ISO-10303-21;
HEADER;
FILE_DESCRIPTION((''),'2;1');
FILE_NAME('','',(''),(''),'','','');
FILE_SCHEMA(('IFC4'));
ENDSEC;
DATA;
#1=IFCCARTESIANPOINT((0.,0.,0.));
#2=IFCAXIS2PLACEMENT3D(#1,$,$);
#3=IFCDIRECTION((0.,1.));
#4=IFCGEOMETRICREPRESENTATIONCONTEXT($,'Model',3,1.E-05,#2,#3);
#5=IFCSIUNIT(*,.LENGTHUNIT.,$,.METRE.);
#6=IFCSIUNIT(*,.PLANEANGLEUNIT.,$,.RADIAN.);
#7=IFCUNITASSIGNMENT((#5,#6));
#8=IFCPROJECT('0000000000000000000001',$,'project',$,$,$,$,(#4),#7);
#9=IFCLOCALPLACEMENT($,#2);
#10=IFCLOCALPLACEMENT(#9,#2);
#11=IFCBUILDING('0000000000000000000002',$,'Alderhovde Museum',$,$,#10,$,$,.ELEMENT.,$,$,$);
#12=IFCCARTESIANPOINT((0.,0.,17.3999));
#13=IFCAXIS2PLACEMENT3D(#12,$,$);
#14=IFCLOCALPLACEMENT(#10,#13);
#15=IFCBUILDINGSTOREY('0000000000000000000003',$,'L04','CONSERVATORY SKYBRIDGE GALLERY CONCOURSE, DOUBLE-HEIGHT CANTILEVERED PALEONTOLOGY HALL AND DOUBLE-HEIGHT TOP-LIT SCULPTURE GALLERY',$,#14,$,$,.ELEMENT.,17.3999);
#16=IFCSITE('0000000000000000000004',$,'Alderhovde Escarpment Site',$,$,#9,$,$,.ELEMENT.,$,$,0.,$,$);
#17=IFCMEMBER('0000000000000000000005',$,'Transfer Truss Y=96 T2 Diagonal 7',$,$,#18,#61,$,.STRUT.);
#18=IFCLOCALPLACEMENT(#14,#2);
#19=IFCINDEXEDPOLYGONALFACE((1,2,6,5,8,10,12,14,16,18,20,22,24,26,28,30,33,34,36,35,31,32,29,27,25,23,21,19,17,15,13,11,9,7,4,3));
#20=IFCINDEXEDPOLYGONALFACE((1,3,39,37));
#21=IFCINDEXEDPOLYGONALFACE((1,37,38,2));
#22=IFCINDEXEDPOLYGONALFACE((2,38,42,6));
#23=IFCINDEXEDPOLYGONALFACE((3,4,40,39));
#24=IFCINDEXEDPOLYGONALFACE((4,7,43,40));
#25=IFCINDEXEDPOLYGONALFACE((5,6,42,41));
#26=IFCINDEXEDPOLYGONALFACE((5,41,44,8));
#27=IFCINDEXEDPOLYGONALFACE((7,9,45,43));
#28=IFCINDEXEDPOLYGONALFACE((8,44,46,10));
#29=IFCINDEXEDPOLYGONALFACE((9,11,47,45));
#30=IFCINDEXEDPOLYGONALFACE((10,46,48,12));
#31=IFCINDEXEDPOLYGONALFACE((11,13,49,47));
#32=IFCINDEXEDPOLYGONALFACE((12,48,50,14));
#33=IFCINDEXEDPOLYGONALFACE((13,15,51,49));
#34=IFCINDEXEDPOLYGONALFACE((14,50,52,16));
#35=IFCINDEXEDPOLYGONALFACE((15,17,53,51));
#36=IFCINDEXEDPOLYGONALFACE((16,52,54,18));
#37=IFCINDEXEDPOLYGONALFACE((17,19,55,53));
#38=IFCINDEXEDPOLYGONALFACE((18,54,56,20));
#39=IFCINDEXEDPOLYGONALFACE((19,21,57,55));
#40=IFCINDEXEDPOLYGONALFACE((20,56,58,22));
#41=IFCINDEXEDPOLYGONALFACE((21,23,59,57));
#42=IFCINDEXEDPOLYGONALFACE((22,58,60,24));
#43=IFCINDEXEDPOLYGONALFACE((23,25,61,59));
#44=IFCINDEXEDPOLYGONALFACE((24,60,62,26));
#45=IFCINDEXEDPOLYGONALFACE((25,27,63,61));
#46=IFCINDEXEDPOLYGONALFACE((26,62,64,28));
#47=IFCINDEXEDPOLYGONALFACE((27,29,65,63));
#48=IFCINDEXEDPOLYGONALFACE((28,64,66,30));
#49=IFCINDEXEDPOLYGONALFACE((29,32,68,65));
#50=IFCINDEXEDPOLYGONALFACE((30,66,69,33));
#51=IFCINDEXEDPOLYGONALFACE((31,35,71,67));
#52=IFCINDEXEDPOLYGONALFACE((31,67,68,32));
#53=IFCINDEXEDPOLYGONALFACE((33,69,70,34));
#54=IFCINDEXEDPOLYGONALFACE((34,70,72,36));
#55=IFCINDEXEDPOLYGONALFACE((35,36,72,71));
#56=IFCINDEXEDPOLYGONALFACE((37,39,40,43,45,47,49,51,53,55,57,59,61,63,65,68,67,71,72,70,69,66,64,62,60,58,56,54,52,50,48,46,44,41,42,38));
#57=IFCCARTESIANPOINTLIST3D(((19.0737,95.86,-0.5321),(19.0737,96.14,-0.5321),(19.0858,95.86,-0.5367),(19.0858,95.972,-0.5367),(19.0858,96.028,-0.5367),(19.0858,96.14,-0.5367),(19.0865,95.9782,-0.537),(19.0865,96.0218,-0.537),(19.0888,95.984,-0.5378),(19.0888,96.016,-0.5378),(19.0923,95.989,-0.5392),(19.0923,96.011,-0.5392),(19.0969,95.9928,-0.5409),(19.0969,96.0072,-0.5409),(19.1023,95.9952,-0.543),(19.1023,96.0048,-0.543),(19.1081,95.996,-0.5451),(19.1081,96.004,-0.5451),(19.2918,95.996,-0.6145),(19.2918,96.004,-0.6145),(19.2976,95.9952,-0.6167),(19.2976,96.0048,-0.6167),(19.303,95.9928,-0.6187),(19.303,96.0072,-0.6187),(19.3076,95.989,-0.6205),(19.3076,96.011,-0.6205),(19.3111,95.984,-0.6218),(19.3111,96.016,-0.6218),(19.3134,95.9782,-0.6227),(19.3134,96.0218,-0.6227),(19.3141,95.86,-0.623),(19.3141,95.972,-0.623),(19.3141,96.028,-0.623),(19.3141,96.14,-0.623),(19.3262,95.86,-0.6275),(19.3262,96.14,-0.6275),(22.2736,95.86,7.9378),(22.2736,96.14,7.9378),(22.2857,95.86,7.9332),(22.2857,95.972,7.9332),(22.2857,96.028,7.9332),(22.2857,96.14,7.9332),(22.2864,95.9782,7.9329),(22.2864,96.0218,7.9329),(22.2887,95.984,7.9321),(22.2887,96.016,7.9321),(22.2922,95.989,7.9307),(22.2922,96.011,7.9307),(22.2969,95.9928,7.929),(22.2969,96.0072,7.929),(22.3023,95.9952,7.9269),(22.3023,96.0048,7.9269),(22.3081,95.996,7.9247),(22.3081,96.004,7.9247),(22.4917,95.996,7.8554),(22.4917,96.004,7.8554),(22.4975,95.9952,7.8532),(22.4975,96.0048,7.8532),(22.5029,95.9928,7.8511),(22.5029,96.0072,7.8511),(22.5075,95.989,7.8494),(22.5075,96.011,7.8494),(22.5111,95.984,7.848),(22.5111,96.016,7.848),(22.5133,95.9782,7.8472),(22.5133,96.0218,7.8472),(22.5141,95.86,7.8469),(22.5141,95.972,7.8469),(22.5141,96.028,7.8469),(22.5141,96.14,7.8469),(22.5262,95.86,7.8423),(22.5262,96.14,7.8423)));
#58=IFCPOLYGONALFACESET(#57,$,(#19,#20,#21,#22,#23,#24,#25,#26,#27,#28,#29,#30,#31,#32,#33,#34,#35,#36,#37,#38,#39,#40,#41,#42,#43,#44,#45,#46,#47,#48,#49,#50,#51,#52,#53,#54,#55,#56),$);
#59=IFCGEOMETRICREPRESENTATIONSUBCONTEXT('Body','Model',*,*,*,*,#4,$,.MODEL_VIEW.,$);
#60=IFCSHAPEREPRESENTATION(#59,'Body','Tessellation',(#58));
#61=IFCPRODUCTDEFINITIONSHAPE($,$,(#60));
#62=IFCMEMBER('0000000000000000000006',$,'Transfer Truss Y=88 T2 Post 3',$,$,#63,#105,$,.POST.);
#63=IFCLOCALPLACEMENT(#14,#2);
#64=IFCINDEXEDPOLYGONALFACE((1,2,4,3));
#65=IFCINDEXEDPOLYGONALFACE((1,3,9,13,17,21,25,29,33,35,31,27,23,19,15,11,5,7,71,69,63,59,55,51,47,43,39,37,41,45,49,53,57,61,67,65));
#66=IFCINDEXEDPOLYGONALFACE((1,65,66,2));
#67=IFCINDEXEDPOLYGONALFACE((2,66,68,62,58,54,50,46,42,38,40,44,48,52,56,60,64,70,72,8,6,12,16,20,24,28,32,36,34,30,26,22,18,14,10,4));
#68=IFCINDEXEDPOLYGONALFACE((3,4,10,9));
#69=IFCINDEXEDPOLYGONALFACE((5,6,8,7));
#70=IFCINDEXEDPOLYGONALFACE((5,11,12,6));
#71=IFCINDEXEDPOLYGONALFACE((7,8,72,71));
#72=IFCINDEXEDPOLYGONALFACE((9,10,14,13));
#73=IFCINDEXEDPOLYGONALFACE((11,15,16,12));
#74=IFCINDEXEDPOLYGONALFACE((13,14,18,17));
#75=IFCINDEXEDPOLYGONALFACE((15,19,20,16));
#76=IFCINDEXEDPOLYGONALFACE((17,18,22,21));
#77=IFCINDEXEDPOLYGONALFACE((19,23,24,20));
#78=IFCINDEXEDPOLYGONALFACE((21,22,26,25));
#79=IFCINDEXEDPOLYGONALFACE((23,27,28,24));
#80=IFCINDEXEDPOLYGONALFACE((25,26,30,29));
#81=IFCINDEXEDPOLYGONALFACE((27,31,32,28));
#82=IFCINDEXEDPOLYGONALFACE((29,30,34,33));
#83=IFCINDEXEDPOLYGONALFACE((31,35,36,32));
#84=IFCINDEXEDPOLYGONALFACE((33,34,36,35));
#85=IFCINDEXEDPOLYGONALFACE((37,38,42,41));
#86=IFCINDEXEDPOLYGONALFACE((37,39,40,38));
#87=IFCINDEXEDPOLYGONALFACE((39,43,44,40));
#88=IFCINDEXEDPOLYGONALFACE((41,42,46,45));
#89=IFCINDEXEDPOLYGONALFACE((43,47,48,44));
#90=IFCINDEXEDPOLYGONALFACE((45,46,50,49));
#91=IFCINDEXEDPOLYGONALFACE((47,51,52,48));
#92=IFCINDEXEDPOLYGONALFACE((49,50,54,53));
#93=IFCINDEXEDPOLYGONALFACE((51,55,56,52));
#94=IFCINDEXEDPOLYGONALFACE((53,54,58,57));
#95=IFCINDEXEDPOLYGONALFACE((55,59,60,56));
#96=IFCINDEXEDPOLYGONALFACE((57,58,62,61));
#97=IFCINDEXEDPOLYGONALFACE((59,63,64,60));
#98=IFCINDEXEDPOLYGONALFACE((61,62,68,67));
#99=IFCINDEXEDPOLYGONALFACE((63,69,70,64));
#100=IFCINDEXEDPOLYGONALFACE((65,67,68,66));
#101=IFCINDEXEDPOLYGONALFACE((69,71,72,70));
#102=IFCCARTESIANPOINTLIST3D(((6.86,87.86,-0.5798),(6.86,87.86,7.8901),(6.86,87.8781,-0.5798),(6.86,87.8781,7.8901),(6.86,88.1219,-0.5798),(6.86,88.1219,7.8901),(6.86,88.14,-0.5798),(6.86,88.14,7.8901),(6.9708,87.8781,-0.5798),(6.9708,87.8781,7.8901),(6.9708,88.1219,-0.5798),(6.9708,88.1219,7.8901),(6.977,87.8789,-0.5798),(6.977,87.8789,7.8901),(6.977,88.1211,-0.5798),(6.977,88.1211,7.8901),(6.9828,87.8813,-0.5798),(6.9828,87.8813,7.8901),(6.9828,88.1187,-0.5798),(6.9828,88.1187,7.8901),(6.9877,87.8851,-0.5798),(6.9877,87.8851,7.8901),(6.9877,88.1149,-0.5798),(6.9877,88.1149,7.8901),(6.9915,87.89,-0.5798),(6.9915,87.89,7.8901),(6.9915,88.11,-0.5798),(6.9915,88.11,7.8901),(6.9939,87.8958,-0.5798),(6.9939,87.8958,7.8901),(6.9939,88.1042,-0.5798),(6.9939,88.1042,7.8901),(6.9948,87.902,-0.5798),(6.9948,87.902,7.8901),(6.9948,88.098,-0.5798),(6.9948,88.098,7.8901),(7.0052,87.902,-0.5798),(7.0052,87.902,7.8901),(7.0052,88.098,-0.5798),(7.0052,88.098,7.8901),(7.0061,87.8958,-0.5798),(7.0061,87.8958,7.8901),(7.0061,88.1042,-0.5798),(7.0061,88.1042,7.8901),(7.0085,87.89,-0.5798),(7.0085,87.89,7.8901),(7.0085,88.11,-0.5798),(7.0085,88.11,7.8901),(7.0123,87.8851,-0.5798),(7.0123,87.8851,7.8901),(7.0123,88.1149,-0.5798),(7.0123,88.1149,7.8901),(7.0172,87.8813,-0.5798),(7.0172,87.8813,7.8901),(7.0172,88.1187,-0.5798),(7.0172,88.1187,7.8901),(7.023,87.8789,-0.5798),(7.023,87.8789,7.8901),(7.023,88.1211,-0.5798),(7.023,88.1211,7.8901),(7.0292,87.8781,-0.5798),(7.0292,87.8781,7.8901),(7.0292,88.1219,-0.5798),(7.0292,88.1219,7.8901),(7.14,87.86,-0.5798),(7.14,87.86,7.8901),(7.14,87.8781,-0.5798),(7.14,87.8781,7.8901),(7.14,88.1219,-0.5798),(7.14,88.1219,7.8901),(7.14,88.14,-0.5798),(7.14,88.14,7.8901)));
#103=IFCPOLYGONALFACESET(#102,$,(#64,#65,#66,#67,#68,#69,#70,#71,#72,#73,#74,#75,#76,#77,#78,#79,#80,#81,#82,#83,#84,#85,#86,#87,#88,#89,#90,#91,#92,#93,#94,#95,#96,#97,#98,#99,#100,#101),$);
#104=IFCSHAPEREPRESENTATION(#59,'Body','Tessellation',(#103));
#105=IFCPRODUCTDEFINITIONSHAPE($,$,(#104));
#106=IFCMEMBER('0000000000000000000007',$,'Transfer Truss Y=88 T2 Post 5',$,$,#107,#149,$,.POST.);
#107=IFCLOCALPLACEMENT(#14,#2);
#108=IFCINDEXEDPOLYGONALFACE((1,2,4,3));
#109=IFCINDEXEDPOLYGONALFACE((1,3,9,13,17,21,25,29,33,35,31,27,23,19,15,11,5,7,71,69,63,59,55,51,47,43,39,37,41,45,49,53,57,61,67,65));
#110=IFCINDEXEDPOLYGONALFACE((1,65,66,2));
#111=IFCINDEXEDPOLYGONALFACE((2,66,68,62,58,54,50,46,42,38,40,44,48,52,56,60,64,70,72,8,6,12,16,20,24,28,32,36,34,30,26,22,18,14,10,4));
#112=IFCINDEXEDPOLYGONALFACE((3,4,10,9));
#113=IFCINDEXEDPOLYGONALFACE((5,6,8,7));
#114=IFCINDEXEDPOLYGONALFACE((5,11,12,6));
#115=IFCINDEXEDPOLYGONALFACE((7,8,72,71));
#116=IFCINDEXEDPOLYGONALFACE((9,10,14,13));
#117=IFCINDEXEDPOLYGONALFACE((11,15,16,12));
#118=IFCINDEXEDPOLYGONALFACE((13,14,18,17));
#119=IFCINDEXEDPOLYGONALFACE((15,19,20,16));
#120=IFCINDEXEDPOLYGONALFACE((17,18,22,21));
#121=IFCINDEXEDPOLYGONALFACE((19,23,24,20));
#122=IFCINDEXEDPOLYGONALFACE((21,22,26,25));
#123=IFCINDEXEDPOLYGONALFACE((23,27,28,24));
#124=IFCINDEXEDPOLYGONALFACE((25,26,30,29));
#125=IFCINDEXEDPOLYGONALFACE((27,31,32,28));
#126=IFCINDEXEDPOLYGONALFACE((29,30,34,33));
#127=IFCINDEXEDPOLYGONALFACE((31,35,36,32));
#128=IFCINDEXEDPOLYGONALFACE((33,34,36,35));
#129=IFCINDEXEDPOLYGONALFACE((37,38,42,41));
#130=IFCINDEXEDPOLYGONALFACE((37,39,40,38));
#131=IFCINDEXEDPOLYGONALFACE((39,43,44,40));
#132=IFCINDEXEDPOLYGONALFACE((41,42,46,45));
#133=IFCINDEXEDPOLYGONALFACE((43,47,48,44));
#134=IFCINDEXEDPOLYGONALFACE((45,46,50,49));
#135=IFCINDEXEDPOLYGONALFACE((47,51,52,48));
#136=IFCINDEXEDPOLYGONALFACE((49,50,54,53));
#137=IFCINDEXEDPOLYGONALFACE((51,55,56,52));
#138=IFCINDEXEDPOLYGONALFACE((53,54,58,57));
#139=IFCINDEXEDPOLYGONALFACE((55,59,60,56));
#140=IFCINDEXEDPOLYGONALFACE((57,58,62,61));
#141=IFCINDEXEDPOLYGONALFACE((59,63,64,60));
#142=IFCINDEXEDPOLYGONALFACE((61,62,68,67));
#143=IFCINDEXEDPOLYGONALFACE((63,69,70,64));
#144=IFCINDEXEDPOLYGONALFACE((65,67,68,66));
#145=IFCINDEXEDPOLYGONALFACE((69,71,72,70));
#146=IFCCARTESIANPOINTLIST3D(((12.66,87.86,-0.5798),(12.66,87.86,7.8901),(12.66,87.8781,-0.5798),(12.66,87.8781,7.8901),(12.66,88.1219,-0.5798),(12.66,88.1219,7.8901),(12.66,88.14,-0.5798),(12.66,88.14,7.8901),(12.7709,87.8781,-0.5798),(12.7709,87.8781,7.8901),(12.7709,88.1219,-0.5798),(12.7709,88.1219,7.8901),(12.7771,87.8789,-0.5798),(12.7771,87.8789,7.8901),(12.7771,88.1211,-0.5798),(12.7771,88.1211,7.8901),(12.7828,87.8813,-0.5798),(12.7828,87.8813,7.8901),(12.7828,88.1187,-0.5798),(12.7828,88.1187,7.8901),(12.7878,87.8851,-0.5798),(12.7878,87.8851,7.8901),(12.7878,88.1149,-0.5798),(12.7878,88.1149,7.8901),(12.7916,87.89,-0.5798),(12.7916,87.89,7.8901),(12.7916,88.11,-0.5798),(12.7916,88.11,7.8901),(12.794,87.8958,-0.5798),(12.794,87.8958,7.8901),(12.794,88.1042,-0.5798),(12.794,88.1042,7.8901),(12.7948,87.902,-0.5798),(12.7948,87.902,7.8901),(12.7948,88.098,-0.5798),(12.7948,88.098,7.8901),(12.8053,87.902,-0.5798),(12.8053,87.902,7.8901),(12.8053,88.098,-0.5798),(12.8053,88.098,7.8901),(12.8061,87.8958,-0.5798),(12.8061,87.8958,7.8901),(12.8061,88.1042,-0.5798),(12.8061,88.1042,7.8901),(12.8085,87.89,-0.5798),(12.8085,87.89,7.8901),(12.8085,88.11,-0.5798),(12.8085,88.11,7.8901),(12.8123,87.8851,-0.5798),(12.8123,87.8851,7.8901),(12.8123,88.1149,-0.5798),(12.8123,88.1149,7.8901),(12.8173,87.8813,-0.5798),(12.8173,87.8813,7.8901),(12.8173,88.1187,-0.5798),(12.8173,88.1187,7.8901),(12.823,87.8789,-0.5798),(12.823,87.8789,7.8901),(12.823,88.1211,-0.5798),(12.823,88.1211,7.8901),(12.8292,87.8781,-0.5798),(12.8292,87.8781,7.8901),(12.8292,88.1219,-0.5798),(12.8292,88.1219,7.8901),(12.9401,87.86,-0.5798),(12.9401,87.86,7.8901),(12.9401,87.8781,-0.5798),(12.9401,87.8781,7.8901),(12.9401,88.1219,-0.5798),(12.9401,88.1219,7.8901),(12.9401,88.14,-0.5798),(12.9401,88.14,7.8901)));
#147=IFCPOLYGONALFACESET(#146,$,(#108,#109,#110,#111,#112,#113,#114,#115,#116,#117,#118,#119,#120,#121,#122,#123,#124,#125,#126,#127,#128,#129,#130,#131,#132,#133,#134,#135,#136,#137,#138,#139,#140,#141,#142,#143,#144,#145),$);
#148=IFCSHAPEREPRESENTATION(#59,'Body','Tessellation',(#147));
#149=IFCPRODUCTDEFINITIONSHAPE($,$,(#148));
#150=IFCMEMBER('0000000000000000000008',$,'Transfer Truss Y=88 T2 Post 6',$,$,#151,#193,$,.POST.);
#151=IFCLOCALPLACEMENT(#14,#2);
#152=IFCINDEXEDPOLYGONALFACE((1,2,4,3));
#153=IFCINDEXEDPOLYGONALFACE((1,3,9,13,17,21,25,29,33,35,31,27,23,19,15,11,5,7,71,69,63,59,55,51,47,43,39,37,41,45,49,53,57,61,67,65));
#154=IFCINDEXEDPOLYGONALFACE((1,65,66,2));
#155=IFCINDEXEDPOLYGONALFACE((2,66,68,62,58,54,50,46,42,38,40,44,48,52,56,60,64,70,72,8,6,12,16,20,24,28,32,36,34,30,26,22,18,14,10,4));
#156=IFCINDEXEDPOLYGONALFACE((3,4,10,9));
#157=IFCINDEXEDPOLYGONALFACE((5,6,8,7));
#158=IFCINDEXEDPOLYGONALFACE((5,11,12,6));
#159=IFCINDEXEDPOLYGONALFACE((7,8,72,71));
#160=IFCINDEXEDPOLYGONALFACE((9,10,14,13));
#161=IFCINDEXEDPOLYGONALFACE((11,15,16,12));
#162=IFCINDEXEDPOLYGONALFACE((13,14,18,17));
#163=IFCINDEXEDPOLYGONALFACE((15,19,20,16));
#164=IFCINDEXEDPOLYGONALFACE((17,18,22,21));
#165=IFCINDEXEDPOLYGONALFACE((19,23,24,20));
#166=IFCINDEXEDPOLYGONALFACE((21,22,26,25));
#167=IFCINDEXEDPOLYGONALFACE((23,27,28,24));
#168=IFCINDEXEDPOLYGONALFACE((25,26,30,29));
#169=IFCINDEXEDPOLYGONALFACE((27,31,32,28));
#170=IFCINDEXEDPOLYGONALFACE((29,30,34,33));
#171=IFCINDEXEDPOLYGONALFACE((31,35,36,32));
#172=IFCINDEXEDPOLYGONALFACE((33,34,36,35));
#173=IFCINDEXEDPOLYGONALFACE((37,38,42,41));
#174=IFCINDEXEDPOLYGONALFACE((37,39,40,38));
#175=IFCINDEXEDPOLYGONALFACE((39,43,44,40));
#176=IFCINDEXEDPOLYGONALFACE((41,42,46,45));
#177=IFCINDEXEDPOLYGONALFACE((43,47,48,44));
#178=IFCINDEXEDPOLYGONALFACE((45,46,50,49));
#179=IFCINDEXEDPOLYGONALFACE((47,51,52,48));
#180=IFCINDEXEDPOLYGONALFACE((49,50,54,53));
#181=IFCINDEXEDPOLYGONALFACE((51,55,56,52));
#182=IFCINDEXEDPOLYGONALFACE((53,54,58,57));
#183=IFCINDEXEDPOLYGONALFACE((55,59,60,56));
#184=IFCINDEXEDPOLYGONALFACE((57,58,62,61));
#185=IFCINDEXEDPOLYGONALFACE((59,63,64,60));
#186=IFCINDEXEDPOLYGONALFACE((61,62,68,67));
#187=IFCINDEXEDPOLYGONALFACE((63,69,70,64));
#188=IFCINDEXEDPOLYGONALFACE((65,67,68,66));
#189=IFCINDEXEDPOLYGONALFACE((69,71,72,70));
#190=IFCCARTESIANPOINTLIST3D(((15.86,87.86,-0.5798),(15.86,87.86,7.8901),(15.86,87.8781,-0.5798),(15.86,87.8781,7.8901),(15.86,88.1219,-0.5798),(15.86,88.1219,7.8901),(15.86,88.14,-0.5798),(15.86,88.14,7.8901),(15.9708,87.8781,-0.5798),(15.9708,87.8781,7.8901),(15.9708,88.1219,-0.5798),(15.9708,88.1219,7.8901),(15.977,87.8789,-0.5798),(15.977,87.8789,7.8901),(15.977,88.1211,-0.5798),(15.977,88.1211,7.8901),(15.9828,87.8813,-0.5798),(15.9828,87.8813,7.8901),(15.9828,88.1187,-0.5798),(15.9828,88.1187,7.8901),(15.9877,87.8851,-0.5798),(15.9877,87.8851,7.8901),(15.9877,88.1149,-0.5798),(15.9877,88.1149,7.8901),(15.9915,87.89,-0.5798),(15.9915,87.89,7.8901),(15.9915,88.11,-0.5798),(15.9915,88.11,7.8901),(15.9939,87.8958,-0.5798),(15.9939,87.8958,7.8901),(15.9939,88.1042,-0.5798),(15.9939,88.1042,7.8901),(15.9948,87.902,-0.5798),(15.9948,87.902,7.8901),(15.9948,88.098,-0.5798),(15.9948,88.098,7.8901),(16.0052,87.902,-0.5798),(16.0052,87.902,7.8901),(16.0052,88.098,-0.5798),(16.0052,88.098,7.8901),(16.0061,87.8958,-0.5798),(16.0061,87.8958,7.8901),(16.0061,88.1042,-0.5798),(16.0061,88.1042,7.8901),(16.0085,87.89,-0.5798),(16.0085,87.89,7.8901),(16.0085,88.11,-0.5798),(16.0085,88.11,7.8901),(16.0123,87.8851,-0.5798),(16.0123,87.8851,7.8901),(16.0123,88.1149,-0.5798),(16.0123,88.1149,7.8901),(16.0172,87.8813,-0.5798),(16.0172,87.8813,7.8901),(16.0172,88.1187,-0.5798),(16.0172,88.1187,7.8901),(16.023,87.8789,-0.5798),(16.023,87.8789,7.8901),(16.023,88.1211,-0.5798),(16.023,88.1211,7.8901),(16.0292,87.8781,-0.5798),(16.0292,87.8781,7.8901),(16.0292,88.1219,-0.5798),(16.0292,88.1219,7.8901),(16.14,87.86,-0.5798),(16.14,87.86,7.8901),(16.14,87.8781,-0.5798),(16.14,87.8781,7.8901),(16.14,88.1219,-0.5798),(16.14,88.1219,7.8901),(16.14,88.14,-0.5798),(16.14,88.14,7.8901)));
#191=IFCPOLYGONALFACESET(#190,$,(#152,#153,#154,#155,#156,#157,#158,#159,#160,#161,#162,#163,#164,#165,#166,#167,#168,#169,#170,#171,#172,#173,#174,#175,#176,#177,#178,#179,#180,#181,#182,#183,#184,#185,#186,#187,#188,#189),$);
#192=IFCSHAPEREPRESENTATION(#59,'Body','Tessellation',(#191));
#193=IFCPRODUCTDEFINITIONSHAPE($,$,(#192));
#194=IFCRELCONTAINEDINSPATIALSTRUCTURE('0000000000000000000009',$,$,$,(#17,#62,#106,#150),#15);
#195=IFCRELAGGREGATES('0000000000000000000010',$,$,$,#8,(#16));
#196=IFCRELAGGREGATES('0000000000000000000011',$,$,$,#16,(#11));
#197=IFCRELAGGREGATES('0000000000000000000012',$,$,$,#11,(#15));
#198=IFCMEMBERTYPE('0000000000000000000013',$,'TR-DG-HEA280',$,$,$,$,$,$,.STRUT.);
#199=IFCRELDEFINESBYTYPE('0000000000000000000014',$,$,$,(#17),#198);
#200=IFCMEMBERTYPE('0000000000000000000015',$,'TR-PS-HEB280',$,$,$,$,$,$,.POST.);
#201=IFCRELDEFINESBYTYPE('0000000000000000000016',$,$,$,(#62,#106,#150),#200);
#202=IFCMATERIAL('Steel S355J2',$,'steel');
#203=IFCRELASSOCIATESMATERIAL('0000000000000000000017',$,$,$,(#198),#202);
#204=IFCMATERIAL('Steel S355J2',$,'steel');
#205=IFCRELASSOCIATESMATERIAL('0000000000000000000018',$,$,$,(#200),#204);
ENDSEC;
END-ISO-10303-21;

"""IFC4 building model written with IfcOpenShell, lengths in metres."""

from ifc_helpers import new_model, si_unit, direction, frame, origin, origin_2d, place, context, subcontext, project, spatial, i_section, extrude, material, material_profile, profile_set, type_object, element, save


model = new_model("IFC4")

# Units and contexts
model_context = context("Model", 3, precision=1e-05, world=origin(), true_north=direction((0.0, 1.0)))
body_context = subcontext(model_context, "Body", "Model", "MODEL_VIEW")
ifc_project = project(units=[si_unit("LENGTHUNIT", "METRE"), si_unit("PLANEANGLEUNIT", "RADIAN")], contexts=[model_context])

# Site, building, storey
site_placement = place(None, origin())
site = spatial("IfcSite", under=ifc_project, at=site_placement, Name="Alderhovde Escarpment Site", CompositionType="ELEMENT", RefElevation=0.0)
building_placement = place(site_placement, origin())
building = spatial("IfcBuilding", under=site, at=building_placement, Name="Alderhovde Museum", CompositionType="ELEMENT")
storey_placement = place(building_placement, frame((0.0, 0.0, 17.3999)))
storey = spatial("IfcBuildingStorey", under=building, at=storey_placement, Name="L04", Description="CONSERVATORY SKYBRIDGE GALLERY CONCOURSE, DOUBLE-HEIGHT CANTILEVERED PALEONTOLOGY HALL AND DOUBLE-HEIGHT TOP-LIT SCULPTURE GALLERY", CompositionType="ELEMENT", Elevation=17.3999)

# Members
ifc_material_1 = material(Name="Steel S355J2", Category="steel")
ifc_material_profile_1 = material_profile(ifc_material_1, i_section(OverallWidth=0.28, OverallDepth=0.27, WebThickness=0.0081, FlangeThickness=0.0129, FilletRadius=0.0239, at=origin_2d()), Name="HEA 280")
ifc_profile_set_1 = profile_set([ifc_material_profile_1], Name="Steel S355J2")
member_type_1 = type_object("IfcMemberType", Name="TR-DG-HEA280", PredefinedType="STRUT", material=ifc_profile_set_1)
for number, where, z_axis, x_axis, name in (
    (1, (19.2, 96.0, -0.5798), (0.353418, 0.0, 0.935465), (0.0, 1.0, 0.0), "Transfer Truss Y=96 T2 Diagonal 7"),
):
    element("IfcMember", number, at=place(storey_placement, frame(where, z_axis=z_axis, x_axis=x_axis)), inside=storey, type_object=member_type_1, Name=name, PredefinedType="STRUT", context=body_context, shape_type="SweptSolid", body=[
        extrude(i_section(OverallWidth=0.28, OverallDepth=0.27, WebThickness=0.0081, FlangeThickness=0.0129, FilletRadius=0.0239, at=origin_2d()), origin(), (0.0, 0.0, 1.0), 9.0542),
    ])
ifc_material_2 = material(Name="Steel S355J2", Category="steel")
ifc_material_profile_2 = material_profile(ifc_material_2, i_section(OverallWidth=0.28, OverallDepth=0.28, WebThickness=0.0105, FlangeThickness=0.0181, FilletRadius=0.0239, at=origin_2d()), Name="HEB 280")
ifc_profile_set_2 = profile_set([ifc_material_profile_2], Name="Steel S355J2")
member_type_2 = type_object("IfcMemberType", Name="TR-PS-HEB280", PredefinedType="POST", material=ifc_profile_set_2)
for number, where, z_axis, x_axis, name in (
    (2, (7.0, 88.0, -0.5798), (0.0, 0.0, 1.0), (1.0, 0.0, 0.0), "Transfer Truss Y=88 T2 Post 3"),
    (3, (12.8, 88.0, -0.5798), (0.0, 0.0, 1.0), (1.0, 0.0, 0.0), "Transfer Truss Y=88 T2 Post 5"),
    (4, (16.0, 88.0, -0.5798), (0.0, 0.0, 1.0), (1.0, 0.0, 0.0), "Transfer Truss Y=88 T2 Post 6"),
):
    element("IfcMember", number, at=place(storey_placement, frame(where, z_axis=z_axis, x_axis=x_axis)), inside=storey, type_object=member_type_2, Name=name, PredefinedType="POST", context=body_context, shape_type="SweptSolid", body=[
        extrude(i_section(OverallWidth=0.28, OverallDepth=0.28, WebThickness=0.0105, FlangeThickness=0.0181, FilletRadius=0.0239, at=origin_2d()), origin(), (0.0, 0.0, 1.0), 8.47),
    ])

save(model, "model.ifc")
